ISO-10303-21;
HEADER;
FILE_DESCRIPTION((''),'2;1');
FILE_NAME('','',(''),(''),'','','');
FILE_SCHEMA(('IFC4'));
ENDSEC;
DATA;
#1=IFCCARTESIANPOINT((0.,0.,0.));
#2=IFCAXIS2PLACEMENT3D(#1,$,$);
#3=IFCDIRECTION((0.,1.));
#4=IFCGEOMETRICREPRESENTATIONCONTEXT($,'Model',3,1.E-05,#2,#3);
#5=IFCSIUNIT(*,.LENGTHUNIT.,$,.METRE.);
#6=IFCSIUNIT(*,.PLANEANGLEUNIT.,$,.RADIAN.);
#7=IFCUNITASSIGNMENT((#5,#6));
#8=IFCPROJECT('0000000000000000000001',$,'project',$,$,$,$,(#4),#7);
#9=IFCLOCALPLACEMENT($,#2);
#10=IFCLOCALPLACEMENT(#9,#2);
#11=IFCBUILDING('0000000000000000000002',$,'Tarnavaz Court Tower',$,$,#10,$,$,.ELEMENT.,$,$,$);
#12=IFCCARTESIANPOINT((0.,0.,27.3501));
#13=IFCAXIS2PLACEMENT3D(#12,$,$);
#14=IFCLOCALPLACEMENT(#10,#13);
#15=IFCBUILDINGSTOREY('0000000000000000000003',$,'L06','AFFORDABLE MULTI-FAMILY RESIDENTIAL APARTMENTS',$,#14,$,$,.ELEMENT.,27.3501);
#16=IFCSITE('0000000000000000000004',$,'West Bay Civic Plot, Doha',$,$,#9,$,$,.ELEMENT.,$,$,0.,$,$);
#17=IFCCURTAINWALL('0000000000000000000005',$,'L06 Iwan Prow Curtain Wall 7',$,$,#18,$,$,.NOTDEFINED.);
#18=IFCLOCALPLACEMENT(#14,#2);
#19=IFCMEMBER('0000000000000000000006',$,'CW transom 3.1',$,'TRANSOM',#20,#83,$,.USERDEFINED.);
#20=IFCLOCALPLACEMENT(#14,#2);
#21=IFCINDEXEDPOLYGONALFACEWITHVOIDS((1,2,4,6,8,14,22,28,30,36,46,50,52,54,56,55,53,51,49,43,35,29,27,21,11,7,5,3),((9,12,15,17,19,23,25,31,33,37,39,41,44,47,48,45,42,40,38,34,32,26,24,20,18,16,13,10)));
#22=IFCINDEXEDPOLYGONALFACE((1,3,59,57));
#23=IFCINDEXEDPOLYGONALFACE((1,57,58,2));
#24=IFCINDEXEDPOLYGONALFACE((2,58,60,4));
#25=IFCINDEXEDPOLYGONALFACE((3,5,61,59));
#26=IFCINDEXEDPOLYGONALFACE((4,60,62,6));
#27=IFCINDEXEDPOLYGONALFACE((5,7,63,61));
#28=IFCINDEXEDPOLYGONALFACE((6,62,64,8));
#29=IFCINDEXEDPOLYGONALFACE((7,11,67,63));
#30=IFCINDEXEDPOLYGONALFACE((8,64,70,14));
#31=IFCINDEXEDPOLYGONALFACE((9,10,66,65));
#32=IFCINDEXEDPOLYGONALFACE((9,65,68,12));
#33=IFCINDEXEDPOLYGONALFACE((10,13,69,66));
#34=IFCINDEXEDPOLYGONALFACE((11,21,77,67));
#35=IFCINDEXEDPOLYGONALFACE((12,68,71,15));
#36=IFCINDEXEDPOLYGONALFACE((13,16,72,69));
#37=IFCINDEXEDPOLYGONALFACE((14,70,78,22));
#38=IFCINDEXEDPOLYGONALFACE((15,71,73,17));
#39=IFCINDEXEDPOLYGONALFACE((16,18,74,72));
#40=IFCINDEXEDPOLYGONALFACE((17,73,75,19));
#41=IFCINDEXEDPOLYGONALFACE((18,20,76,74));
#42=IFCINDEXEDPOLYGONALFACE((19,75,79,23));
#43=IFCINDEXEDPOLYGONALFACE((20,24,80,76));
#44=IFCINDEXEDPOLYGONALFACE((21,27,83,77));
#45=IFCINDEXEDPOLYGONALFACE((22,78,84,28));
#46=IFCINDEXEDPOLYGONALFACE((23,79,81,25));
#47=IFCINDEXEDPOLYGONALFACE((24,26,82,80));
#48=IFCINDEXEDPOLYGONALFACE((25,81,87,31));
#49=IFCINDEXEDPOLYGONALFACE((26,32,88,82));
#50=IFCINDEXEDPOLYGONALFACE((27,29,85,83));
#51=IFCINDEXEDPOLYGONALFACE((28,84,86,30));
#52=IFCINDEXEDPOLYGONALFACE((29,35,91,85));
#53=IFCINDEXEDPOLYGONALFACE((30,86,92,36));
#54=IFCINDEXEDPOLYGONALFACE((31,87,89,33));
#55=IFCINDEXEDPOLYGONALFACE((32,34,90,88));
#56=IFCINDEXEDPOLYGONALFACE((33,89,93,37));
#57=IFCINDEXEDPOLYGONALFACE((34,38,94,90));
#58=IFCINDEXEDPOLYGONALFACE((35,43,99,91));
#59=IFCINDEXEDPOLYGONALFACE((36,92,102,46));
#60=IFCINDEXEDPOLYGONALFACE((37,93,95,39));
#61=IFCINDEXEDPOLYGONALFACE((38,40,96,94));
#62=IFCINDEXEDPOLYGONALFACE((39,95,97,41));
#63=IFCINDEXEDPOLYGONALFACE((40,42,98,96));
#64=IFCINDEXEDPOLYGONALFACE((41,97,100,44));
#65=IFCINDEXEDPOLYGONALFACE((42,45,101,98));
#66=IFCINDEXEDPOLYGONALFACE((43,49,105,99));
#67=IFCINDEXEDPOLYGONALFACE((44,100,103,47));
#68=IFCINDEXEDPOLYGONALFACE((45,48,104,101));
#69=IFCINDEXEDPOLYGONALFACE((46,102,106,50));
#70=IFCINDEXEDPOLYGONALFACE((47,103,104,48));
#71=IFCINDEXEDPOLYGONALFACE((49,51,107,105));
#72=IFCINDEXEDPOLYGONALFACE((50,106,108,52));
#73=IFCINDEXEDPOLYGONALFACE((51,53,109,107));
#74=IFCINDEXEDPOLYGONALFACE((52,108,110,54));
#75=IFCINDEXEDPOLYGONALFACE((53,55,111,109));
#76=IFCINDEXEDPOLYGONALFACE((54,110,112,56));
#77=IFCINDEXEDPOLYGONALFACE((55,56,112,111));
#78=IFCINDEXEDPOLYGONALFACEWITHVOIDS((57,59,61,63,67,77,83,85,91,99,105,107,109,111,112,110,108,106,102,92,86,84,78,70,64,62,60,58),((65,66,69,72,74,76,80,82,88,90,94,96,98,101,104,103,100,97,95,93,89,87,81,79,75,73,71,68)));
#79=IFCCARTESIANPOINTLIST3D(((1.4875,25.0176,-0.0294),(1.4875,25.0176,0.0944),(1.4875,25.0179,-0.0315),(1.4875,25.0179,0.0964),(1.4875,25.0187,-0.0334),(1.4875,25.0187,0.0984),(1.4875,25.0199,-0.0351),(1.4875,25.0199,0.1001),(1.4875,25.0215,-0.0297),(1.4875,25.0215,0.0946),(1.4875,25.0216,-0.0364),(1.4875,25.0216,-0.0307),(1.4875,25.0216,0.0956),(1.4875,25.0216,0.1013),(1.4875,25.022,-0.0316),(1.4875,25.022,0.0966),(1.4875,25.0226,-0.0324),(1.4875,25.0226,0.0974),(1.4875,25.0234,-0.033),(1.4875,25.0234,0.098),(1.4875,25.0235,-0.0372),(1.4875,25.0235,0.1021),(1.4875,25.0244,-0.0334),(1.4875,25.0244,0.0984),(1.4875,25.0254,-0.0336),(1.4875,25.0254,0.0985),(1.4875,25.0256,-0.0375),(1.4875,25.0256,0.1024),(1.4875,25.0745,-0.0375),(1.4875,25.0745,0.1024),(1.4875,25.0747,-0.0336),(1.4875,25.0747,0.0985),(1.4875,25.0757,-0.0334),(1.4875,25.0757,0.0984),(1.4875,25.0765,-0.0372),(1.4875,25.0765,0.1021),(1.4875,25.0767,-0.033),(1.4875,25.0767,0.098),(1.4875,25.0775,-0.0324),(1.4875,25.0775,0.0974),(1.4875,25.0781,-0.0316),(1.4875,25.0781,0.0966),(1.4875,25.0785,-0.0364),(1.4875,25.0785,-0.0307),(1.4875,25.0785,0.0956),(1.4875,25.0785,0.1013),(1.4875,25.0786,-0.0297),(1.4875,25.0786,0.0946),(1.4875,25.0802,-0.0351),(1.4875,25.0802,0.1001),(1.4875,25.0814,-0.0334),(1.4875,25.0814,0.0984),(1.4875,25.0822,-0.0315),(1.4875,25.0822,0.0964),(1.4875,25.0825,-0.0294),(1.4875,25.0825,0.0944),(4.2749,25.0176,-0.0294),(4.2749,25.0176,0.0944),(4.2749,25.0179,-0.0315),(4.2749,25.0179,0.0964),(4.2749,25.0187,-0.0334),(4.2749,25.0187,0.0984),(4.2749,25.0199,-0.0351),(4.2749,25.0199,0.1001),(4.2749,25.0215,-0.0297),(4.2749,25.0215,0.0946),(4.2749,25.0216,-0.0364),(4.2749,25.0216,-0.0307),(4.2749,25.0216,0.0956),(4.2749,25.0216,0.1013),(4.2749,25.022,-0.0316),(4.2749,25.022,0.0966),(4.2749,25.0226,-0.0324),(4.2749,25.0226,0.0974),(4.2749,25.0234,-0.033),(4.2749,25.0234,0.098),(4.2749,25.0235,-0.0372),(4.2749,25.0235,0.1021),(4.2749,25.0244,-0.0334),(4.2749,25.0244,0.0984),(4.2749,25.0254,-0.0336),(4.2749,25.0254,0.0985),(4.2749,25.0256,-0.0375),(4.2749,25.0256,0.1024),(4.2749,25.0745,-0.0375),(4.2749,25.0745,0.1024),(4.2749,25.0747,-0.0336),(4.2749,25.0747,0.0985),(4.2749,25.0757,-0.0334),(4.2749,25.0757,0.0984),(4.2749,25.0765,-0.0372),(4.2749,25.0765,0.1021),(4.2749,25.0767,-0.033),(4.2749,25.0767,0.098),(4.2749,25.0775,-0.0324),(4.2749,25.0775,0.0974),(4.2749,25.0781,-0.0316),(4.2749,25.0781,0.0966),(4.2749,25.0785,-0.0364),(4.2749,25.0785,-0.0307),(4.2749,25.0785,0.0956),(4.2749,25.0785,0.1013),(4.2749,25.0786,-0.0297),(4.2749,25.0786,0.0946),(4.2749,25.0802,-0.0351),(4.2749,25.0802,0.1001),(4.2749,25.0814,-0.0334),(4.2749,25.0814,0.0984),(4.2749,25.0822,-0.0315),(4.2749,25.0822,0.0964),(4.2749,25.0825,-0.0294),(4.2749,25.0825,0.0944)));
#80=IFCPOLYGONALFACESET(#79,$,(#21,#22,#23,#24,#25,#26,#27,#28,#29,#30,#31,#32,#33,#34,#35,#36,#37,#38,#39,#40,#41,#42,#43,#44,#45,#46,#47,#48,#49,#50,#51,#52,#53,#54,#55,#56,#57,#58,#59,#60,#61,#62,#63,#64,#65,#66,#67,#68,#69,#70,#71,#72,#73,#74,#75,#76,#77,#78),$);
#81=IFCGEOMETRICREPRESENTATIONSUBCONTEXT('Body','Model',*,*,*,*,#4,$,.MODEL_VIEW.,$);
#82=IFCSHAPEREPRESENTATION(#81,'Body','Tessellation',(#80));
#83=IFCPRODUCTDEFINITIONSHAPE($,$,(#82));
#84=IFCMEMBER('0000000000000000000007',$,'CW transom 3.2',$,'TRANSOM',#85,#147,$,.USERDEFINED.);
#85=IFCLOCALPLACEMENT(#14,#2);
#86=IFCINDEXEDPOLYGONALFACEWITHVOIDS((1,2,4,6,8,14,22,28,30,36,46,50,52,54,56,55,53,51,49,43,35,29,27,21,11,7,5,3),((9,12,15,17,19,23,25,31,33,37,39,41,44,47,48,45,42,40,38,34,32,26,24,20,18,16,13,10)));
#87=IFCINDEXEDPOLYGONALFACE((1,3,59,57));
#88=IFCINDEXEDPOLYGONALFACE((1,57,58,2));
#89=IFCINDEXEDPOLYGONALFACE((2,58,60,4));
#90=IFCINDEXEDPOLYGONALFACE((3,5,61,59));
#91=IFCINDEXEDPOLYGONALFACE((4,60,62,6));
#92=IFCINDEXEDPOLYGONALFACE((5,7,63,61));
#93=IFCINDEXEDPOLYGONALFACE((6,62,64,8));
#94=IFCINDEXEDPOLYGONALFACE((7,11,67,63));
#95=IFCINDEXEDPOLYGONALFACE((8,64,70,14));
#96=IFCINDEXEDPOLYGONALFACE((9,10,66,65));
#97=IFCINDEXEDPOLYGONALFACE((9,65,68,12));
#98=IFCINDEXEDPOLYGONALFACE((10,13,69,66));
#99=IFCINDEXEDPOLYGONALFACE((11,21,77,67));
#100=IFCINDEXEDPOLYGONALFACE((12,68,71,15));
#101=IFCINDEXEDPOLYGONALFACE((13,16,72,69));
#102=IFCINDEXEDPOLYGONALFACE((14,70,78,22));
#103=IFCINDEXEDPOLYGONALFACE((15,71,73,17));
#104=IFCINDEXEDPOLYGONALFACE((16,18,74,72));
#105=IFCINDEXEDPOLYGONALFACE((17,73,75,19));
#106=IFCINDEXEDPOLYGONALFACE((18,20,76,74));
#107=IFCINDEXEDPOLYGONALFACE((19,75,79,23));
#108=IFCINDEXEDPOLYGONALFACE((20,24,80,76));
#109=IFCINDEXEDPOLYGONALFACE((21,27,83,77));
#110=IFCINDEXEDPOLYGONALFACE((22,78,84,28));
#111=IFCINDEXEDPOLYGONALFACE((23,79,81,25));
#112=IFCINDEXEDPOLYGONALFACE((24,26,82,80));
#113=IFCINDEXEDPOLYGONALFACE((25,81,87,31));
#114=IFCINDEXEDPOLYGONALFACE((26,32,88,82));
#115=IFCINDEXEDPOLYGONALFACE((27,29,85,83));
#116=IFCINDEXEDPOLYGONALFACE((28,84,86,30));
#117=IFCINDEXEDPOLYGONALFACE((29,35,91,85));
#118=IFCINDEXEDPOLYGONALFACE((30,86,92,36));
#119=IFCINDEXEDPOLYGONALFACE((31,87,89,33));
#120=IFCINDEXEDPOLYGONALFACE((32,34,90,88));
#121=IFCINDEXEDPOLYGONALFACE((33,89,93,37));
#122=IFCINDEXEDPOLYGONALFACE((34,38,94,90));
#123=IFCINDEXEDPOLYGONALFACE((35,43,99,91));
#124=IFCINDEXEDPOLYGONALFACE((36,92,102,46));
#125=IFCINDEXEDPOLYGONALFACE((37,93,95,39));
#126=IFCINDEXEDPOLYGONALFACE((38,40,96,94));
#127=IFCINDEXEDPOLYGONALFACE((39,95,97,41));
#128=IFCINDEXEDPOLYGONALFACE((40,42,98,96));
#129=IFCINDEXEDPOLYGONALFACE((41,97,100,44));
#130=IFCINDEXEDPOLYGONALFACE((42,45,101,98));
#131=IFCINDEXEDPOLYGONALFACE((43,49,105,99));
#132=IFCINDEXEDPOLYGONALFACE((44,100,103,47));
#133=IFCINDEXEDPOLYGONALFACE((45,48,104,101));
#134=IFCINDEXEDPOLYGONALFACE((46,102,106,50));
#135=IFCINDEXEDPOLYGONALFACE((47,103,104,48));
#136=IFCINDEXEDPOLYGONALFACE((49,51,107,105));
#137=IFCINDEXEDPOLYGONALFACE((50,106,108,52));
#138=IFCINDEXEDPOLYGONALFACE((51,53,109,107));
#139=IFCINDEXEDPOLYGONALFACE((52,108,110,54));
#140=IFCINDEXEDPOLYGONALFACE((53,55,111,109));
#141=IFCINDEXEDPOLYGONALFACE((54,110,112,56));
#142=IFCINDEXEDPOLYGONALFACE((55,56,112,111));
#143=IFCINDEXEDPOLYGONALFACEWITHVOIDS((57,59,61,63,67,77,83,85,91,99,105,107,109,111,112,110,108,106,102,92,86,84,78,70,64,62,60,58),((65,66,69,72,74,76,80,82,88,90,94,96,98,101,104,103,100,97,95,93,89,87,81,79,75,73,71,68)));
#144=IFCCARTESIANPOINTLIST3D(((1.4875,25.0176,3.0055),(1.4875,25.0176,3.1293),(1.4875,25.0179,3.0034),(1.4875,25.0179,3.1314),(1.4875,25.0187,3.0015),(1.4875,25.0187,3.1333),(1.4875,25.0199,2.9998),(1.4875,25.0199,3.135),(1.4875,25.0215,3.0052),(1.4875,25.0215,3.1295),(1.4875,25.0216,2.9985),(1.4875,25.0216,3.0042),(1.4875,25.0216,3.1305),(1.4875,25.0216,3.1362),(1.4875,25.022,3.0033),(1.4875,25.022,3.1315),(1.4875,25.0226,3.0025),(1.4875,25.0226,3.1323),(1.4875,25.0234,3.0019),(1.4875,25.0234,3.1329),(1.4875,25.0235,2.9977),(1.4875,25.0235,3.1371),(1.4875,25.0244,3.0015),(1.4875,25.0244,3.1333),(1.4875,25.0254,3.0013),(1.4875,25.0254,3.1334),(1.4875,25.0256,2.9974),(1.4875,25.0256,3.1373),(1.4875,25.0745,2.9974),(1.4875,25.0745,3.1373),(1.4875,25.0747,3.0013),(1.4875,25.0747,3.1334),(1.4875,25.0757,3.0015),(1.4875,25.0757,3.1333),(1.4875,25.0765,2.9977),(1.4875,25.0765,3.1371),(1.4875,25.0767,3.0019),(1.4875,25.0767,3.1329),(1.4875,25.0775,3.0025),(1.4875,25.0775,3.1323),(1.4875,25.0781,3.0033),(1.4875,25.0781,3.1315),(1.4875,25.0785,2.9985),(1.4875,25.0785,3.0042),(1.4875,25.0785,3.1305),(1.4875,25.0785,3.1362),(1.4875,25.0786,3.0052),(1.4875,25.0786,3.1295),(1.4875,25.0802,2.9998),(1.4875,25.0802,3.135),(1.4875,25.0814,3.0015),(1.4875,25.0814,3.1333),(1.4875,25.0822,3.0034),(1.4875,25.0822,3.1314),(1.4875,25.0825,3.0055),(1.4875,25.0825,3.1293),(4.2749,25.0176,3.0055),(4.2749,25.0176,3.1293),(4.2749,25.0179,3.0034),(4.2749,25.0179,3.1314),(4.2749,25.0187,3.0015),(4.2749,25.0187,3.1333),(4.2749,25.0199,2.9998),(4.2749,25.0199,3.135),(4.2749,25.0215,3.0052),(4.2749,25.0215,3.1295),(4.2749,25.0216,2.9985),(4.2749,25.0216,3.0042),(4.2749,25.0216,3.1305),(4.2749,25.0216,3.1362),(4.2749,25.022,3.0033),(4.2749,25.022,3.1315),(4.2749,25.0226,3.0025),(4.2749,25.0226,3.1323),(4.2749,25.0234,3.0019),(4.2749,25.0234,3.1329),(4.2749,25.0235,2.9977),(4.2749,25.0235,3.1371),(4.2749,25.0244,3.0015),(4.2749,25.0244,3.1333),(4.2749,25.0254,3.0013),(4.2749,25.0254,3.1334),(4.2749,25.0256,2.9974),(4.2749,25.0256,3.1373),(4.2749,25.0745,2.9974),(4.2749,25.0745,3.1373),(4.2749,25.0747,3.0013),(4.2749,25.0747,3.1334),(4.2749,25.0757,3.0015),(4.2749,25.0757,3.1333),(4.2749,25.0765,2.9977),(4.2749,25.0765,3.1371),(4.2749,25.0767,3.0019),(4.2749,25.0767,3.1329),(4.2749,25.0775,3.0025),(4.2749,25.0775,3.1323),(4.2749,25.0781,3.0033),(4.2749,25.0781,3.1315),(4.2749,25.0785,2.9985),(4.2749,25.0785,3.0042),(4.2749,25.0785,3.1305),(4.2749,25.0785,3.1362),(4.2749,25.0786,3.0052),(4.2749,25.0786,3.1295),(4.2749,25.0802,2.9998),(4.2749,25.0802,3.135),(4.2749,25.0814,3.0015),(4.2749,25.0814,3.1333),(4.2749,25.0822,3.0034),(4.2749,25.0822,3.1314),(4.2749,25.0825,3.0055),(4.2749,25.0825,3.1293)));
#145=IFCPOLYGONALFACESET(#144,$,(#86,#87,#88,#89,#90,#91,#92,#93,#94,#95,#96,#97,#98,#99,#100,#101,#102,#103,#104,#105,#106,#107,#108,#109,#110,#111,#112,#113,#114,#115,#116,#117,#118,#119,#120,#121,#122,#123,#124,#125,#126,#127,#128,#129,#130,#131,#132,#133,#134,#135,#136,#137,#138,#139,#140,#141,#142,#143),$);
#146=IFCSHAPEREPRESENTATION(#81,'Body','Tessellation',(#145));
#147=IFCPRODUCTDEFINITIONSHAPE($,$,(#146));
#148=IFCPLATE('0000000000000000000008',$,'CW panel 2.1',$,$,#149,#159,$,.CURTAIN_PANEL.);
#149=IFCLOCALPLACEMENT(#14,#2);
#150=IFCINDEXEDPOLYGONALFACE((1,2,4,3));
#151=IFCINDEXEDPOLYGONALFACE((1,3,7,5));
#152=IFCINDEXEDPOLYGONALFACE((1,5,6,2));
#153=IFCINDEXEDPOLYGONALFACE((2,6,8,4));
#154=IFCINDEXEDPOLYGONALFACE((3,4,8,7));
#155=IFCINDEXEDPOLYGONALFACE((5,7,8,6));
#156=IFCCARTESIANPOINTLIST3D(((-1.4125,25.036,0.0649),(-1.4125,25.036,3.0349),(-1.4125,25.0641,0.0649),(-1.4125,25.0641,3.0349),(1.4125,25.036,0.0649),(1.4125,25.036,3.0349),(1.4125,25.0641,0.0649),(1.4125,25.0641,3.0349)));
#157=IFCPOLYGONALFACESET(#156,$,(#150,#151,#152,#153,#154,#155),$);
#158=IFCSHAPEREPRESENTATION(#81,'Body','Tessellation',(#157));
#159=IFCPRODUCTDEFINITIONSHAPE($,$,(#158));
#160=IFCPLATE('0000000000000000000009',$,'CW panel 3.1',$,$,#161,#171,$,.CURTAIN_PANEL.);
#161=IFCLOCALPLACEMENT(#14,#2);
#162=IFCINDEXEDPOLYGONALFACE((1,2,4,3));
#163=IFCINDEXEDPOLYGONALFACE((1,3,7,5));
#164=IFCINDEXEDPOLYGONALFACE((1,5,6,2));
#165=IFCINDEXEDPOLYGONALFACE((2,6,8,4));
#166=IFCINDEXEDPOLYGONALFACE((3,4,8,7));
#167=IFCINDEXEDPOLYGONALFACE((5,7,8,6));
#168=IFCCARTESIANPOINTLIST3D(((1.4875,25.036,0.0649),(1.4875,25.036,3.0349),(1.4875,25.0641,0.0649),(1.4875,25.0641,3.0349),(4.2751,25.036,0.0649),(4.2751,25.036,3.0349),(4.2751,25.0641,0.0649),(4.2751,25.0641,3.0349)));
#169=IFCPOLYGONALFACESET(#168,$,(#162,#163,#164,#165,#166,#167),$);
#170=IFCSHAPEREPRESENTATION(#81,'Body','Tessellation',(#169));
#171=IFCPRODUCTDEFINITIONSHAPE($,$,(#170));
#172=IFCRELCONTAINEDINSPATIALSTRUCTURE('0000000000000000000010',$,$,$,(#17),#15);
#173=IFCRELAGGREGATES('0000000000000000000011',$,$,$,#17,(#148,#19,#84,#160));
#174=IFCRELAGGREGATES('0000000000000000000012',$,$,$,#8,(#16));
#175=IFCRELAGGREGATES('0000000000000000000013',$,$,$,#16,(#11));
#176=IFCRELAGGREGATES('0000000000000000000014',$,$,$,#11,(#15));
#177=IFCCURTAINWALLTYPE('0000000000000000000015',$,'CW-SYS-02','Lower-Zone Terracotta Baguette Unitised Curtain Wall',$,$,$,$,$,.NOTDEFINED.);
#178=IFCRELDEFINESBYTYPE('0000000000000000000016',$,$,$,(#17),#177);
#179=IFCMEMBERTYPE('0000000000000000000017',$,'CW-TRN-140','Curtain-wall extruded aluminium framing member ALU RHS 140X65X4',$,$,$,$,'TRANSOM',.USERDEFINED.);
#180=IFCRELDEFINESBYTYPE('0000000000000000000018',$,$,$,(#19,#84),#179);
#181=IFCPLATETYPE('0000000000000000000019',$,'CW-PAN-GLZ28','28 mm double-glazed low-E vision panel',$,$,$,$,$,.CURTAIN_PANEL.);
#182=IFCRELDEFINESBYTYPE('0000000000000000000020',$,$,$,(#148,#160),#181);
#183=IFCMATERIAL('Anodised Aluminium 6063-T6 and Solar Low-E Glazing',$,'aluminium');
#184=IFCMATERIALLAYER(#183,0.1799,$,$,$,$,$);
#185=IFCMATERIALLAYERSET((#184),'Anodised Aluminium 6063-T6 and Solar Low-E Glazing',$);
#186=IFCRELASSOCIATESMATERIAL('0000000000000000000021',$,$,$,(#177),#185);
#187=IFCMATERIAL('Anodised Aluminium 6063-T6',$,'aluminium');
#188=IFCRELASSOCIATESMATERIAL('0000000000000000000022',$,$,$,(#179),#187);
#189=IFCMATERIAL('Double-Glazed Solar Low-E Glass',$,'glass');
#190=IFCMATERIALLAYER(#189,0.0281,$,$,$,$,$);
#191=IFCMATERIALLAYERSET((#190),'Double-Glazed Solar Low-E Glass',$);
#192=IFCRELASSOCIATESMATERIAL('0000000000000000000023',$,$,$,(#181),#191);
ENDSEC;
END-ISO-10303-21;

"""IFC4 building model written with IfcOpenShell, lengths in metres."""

from ifc_helpers import new_model, si_unit, direction, frame, origin, origin_2d, place, context, subcontext, project, spatial, rectangle, hollow_rectangle, extrude, material, layer, layer_set, material_profile, profile_set, type_object, element, aggregate, save


model = new_model("IFC4")

# Units and contexts
model_context = context("Model", 3, precision=1e-05, world=origin(), true_north=direction((0.0, 1.0)))
body_context = subcontext(model_context, "Body", "Model", "MODEL_VIEW")
ifc_project = project(units=[si_unit("LENGTHUNIT", "METRE"), si_unit("PLANEANGLEUNIT", "RADIAN")], contexts=[model_context])

# Site, building, storey
site_placement = place(None, origin())
site = spatial("IfcSite", under=ifc_project, at=site_placement, Name="West Bay Civic Plot, Doha", CompositionType="ELEMENT", RefElevation=0.0)
building_placement = place(site_placement, origin())
building = spatial("IfcBuilding", under=site, at=building_placement, Name="Tarnavaz Court Tower", CompositionType="ELEMENT")
storey_placement = place(building_placement, frame((0.0, 0.0, 27.3501)))
storey = spatial("IfcBuildingStorey", under=building, at=storey_placement, Name="L06", Description="AFFORDABLE MULTI-FAMILY RESIDENTIAL APARTMENTS", CompositionType="ELEMENT", Elevation=27.3501)

# Curtain wall, members, plates
ifc_material_1 = material(Name="Anodised Aluminium 6063-T6 and Solar Low-E Glazing", Category="aluminium")
ifc_layer_1 = layer(ifc_material_1, 0.1799)
ifc_layer_set_1 = layer_set([ifc_layer_1], Name="Anodised Aluminium 6063-T6 and Solar Low-E Glazing")
curtain_wall_type = type_object("IfcCurtainWallType", Name="CW-SYS-02", Description="Lower-Zone Terracotta Baguette Unitised Curtain Wall", PredefinedType="NOTDEFINED", material=ifc_layer_set_1)
curtain_wall_placement = place(storey_placement, origin())
curtain_wall = element("IfcCurtainWall", 1, at=curtain_wall_placement, inside=storey, type_object=curtain_wall_type, Name="L06 Iwan Prow Curtain Wall 7", PredefinedType="NOTDEFINED")
ifc_material_2 = material(Name="Anodised Aluminium 6063-T6", Category="aluminium")
ifc_material_profile_1 = material_profile(ifc_material_2, hollow_rectangle(XDim=0.0649, YDim=0.1399, WallThickness=0.0039, InnerFilletRadius=0.0039, OuterFilletRadius=0.0081, at=origin_2d()), Name="ALU RHS 140X65X4")
ifc_profile_set_1 = profile_set([ifc_material_profile_1], Name="Anodised Aluminium 6063-T6")
member_type_1 = type_object("IfcMemberType", Name="CW-TRN-140", Description="Curtain-wall extruded aluminium framing member ALU RHS 140X65X4", ElementType="TRANSOM", PredefinedType="USERDEFINED", material=ifc_profile_set_1)
member_1_placement = place(storey_placement, frame((1.4875, 25.05, 0.0325), z_axis=(1.0, 0.0, 0.0), x_axis=(0.0, 1.0, 0.0)))
member_1 = element("IfcMember", 2, at=member_1_placement, type_object=member_type_1, Name="CW transom 3.1", ObjectType="TRANSOM", PredefinedType="USERDEFINED", context=body_context, shape_type="SweptSolid", body=[
    extrude(hollow_rectangle(XDim=0.0649, YDim=0.1399, WallThickness=0.0039, InnerFilletRadius=0.0039, OuterFilletRadius=0.0081, at=origin_2d()), origin(), (0.0, 0.0, 1.0), 2.7874),
])
member_2_placement = place(storey_placement, frame((1.4875, 25.05, 3.0674), z_axis=(1.0, 0.0, 0.0), x_axis=(0.0, 1.0, 0.0)))
member_2 = element("IfcMember", 3, at=member_2_placement, type_object=member_type_1, Name="CW transom 3.2", ObjectType="TRANSOM", PredefinedType="USERDEFINED", context=body_context, shape_type="SweptSolid", body=[
    extrude(hollow_rectangle(XDim=0.0649, YDim=0.1399, WallThickness=0.0039, InnerFilletRadius=0.0039, OuterFilletRadius=0.0081, at=origin_2d()), origin(), (0.0, 0.0, 1.0), 2.7874),
])
ifc_material_3 = material(Name="Double-Glazed Solar Low-E Glass", Category="glass")
ifc_layer_2 = layer(ifc_material_3, 0.0281)
ifc_layer_set_2 = layer_set([ifc_layer_2], Name="Double-Glazed Solar Low-E Glass")
plate_type = type_object("IfcPlateType", Name="CW-PAN-GLZ28", Description="28 mm double-glazed low-E vision panel", PredefinedType="CURTAIN_PANEL", material=ifc_layer_set_2)
plate_1_placement = place(storey_placement, frame((0.0, 25.05, 0.0649), z_axis=(0.0, 0.0, 1.0), x_axis=(1.0, 0.0, 0.0)))
plate_1 = element("IfcPlate", 4, at=plate_1_placement, type_object=plate_type, Name="CW panel 2.1", PredefinedType="CURTAIN_PANEL", context=body_context, shape_type="SweptSolid", body=[
    extrude(rectangle(XDim=2.825, YDim=0.0281, at=origin_2d()), origin(), (0.0, 0.0, 1.0), 2.97),
])
plate_2_placement = place(storey_placement, frame((2.8813, 25.05, 0.0649), z_axis=(0.0, 0.0, 1.0), x_axis=(1.0, 0.0, 0.0)))
plate_2 = element("IfcPlate", 5, at=plate_2_placement, type_object=plate_type, Name="CW panel 3.1", PredefinedType="CURTAIN_PANEL", context=body_context, shape_type="SweptSolid", body=[
    extrude(rectangle(XDim=2.7876, YDim=0.0281, at=origin_2d()), origin(), (0.0, 0.0, 1.0), 2.97),
])
aggregate(curtain_wall, [plate_1, member_1, member_2, plate_2])

save(model, "model.ifc")
